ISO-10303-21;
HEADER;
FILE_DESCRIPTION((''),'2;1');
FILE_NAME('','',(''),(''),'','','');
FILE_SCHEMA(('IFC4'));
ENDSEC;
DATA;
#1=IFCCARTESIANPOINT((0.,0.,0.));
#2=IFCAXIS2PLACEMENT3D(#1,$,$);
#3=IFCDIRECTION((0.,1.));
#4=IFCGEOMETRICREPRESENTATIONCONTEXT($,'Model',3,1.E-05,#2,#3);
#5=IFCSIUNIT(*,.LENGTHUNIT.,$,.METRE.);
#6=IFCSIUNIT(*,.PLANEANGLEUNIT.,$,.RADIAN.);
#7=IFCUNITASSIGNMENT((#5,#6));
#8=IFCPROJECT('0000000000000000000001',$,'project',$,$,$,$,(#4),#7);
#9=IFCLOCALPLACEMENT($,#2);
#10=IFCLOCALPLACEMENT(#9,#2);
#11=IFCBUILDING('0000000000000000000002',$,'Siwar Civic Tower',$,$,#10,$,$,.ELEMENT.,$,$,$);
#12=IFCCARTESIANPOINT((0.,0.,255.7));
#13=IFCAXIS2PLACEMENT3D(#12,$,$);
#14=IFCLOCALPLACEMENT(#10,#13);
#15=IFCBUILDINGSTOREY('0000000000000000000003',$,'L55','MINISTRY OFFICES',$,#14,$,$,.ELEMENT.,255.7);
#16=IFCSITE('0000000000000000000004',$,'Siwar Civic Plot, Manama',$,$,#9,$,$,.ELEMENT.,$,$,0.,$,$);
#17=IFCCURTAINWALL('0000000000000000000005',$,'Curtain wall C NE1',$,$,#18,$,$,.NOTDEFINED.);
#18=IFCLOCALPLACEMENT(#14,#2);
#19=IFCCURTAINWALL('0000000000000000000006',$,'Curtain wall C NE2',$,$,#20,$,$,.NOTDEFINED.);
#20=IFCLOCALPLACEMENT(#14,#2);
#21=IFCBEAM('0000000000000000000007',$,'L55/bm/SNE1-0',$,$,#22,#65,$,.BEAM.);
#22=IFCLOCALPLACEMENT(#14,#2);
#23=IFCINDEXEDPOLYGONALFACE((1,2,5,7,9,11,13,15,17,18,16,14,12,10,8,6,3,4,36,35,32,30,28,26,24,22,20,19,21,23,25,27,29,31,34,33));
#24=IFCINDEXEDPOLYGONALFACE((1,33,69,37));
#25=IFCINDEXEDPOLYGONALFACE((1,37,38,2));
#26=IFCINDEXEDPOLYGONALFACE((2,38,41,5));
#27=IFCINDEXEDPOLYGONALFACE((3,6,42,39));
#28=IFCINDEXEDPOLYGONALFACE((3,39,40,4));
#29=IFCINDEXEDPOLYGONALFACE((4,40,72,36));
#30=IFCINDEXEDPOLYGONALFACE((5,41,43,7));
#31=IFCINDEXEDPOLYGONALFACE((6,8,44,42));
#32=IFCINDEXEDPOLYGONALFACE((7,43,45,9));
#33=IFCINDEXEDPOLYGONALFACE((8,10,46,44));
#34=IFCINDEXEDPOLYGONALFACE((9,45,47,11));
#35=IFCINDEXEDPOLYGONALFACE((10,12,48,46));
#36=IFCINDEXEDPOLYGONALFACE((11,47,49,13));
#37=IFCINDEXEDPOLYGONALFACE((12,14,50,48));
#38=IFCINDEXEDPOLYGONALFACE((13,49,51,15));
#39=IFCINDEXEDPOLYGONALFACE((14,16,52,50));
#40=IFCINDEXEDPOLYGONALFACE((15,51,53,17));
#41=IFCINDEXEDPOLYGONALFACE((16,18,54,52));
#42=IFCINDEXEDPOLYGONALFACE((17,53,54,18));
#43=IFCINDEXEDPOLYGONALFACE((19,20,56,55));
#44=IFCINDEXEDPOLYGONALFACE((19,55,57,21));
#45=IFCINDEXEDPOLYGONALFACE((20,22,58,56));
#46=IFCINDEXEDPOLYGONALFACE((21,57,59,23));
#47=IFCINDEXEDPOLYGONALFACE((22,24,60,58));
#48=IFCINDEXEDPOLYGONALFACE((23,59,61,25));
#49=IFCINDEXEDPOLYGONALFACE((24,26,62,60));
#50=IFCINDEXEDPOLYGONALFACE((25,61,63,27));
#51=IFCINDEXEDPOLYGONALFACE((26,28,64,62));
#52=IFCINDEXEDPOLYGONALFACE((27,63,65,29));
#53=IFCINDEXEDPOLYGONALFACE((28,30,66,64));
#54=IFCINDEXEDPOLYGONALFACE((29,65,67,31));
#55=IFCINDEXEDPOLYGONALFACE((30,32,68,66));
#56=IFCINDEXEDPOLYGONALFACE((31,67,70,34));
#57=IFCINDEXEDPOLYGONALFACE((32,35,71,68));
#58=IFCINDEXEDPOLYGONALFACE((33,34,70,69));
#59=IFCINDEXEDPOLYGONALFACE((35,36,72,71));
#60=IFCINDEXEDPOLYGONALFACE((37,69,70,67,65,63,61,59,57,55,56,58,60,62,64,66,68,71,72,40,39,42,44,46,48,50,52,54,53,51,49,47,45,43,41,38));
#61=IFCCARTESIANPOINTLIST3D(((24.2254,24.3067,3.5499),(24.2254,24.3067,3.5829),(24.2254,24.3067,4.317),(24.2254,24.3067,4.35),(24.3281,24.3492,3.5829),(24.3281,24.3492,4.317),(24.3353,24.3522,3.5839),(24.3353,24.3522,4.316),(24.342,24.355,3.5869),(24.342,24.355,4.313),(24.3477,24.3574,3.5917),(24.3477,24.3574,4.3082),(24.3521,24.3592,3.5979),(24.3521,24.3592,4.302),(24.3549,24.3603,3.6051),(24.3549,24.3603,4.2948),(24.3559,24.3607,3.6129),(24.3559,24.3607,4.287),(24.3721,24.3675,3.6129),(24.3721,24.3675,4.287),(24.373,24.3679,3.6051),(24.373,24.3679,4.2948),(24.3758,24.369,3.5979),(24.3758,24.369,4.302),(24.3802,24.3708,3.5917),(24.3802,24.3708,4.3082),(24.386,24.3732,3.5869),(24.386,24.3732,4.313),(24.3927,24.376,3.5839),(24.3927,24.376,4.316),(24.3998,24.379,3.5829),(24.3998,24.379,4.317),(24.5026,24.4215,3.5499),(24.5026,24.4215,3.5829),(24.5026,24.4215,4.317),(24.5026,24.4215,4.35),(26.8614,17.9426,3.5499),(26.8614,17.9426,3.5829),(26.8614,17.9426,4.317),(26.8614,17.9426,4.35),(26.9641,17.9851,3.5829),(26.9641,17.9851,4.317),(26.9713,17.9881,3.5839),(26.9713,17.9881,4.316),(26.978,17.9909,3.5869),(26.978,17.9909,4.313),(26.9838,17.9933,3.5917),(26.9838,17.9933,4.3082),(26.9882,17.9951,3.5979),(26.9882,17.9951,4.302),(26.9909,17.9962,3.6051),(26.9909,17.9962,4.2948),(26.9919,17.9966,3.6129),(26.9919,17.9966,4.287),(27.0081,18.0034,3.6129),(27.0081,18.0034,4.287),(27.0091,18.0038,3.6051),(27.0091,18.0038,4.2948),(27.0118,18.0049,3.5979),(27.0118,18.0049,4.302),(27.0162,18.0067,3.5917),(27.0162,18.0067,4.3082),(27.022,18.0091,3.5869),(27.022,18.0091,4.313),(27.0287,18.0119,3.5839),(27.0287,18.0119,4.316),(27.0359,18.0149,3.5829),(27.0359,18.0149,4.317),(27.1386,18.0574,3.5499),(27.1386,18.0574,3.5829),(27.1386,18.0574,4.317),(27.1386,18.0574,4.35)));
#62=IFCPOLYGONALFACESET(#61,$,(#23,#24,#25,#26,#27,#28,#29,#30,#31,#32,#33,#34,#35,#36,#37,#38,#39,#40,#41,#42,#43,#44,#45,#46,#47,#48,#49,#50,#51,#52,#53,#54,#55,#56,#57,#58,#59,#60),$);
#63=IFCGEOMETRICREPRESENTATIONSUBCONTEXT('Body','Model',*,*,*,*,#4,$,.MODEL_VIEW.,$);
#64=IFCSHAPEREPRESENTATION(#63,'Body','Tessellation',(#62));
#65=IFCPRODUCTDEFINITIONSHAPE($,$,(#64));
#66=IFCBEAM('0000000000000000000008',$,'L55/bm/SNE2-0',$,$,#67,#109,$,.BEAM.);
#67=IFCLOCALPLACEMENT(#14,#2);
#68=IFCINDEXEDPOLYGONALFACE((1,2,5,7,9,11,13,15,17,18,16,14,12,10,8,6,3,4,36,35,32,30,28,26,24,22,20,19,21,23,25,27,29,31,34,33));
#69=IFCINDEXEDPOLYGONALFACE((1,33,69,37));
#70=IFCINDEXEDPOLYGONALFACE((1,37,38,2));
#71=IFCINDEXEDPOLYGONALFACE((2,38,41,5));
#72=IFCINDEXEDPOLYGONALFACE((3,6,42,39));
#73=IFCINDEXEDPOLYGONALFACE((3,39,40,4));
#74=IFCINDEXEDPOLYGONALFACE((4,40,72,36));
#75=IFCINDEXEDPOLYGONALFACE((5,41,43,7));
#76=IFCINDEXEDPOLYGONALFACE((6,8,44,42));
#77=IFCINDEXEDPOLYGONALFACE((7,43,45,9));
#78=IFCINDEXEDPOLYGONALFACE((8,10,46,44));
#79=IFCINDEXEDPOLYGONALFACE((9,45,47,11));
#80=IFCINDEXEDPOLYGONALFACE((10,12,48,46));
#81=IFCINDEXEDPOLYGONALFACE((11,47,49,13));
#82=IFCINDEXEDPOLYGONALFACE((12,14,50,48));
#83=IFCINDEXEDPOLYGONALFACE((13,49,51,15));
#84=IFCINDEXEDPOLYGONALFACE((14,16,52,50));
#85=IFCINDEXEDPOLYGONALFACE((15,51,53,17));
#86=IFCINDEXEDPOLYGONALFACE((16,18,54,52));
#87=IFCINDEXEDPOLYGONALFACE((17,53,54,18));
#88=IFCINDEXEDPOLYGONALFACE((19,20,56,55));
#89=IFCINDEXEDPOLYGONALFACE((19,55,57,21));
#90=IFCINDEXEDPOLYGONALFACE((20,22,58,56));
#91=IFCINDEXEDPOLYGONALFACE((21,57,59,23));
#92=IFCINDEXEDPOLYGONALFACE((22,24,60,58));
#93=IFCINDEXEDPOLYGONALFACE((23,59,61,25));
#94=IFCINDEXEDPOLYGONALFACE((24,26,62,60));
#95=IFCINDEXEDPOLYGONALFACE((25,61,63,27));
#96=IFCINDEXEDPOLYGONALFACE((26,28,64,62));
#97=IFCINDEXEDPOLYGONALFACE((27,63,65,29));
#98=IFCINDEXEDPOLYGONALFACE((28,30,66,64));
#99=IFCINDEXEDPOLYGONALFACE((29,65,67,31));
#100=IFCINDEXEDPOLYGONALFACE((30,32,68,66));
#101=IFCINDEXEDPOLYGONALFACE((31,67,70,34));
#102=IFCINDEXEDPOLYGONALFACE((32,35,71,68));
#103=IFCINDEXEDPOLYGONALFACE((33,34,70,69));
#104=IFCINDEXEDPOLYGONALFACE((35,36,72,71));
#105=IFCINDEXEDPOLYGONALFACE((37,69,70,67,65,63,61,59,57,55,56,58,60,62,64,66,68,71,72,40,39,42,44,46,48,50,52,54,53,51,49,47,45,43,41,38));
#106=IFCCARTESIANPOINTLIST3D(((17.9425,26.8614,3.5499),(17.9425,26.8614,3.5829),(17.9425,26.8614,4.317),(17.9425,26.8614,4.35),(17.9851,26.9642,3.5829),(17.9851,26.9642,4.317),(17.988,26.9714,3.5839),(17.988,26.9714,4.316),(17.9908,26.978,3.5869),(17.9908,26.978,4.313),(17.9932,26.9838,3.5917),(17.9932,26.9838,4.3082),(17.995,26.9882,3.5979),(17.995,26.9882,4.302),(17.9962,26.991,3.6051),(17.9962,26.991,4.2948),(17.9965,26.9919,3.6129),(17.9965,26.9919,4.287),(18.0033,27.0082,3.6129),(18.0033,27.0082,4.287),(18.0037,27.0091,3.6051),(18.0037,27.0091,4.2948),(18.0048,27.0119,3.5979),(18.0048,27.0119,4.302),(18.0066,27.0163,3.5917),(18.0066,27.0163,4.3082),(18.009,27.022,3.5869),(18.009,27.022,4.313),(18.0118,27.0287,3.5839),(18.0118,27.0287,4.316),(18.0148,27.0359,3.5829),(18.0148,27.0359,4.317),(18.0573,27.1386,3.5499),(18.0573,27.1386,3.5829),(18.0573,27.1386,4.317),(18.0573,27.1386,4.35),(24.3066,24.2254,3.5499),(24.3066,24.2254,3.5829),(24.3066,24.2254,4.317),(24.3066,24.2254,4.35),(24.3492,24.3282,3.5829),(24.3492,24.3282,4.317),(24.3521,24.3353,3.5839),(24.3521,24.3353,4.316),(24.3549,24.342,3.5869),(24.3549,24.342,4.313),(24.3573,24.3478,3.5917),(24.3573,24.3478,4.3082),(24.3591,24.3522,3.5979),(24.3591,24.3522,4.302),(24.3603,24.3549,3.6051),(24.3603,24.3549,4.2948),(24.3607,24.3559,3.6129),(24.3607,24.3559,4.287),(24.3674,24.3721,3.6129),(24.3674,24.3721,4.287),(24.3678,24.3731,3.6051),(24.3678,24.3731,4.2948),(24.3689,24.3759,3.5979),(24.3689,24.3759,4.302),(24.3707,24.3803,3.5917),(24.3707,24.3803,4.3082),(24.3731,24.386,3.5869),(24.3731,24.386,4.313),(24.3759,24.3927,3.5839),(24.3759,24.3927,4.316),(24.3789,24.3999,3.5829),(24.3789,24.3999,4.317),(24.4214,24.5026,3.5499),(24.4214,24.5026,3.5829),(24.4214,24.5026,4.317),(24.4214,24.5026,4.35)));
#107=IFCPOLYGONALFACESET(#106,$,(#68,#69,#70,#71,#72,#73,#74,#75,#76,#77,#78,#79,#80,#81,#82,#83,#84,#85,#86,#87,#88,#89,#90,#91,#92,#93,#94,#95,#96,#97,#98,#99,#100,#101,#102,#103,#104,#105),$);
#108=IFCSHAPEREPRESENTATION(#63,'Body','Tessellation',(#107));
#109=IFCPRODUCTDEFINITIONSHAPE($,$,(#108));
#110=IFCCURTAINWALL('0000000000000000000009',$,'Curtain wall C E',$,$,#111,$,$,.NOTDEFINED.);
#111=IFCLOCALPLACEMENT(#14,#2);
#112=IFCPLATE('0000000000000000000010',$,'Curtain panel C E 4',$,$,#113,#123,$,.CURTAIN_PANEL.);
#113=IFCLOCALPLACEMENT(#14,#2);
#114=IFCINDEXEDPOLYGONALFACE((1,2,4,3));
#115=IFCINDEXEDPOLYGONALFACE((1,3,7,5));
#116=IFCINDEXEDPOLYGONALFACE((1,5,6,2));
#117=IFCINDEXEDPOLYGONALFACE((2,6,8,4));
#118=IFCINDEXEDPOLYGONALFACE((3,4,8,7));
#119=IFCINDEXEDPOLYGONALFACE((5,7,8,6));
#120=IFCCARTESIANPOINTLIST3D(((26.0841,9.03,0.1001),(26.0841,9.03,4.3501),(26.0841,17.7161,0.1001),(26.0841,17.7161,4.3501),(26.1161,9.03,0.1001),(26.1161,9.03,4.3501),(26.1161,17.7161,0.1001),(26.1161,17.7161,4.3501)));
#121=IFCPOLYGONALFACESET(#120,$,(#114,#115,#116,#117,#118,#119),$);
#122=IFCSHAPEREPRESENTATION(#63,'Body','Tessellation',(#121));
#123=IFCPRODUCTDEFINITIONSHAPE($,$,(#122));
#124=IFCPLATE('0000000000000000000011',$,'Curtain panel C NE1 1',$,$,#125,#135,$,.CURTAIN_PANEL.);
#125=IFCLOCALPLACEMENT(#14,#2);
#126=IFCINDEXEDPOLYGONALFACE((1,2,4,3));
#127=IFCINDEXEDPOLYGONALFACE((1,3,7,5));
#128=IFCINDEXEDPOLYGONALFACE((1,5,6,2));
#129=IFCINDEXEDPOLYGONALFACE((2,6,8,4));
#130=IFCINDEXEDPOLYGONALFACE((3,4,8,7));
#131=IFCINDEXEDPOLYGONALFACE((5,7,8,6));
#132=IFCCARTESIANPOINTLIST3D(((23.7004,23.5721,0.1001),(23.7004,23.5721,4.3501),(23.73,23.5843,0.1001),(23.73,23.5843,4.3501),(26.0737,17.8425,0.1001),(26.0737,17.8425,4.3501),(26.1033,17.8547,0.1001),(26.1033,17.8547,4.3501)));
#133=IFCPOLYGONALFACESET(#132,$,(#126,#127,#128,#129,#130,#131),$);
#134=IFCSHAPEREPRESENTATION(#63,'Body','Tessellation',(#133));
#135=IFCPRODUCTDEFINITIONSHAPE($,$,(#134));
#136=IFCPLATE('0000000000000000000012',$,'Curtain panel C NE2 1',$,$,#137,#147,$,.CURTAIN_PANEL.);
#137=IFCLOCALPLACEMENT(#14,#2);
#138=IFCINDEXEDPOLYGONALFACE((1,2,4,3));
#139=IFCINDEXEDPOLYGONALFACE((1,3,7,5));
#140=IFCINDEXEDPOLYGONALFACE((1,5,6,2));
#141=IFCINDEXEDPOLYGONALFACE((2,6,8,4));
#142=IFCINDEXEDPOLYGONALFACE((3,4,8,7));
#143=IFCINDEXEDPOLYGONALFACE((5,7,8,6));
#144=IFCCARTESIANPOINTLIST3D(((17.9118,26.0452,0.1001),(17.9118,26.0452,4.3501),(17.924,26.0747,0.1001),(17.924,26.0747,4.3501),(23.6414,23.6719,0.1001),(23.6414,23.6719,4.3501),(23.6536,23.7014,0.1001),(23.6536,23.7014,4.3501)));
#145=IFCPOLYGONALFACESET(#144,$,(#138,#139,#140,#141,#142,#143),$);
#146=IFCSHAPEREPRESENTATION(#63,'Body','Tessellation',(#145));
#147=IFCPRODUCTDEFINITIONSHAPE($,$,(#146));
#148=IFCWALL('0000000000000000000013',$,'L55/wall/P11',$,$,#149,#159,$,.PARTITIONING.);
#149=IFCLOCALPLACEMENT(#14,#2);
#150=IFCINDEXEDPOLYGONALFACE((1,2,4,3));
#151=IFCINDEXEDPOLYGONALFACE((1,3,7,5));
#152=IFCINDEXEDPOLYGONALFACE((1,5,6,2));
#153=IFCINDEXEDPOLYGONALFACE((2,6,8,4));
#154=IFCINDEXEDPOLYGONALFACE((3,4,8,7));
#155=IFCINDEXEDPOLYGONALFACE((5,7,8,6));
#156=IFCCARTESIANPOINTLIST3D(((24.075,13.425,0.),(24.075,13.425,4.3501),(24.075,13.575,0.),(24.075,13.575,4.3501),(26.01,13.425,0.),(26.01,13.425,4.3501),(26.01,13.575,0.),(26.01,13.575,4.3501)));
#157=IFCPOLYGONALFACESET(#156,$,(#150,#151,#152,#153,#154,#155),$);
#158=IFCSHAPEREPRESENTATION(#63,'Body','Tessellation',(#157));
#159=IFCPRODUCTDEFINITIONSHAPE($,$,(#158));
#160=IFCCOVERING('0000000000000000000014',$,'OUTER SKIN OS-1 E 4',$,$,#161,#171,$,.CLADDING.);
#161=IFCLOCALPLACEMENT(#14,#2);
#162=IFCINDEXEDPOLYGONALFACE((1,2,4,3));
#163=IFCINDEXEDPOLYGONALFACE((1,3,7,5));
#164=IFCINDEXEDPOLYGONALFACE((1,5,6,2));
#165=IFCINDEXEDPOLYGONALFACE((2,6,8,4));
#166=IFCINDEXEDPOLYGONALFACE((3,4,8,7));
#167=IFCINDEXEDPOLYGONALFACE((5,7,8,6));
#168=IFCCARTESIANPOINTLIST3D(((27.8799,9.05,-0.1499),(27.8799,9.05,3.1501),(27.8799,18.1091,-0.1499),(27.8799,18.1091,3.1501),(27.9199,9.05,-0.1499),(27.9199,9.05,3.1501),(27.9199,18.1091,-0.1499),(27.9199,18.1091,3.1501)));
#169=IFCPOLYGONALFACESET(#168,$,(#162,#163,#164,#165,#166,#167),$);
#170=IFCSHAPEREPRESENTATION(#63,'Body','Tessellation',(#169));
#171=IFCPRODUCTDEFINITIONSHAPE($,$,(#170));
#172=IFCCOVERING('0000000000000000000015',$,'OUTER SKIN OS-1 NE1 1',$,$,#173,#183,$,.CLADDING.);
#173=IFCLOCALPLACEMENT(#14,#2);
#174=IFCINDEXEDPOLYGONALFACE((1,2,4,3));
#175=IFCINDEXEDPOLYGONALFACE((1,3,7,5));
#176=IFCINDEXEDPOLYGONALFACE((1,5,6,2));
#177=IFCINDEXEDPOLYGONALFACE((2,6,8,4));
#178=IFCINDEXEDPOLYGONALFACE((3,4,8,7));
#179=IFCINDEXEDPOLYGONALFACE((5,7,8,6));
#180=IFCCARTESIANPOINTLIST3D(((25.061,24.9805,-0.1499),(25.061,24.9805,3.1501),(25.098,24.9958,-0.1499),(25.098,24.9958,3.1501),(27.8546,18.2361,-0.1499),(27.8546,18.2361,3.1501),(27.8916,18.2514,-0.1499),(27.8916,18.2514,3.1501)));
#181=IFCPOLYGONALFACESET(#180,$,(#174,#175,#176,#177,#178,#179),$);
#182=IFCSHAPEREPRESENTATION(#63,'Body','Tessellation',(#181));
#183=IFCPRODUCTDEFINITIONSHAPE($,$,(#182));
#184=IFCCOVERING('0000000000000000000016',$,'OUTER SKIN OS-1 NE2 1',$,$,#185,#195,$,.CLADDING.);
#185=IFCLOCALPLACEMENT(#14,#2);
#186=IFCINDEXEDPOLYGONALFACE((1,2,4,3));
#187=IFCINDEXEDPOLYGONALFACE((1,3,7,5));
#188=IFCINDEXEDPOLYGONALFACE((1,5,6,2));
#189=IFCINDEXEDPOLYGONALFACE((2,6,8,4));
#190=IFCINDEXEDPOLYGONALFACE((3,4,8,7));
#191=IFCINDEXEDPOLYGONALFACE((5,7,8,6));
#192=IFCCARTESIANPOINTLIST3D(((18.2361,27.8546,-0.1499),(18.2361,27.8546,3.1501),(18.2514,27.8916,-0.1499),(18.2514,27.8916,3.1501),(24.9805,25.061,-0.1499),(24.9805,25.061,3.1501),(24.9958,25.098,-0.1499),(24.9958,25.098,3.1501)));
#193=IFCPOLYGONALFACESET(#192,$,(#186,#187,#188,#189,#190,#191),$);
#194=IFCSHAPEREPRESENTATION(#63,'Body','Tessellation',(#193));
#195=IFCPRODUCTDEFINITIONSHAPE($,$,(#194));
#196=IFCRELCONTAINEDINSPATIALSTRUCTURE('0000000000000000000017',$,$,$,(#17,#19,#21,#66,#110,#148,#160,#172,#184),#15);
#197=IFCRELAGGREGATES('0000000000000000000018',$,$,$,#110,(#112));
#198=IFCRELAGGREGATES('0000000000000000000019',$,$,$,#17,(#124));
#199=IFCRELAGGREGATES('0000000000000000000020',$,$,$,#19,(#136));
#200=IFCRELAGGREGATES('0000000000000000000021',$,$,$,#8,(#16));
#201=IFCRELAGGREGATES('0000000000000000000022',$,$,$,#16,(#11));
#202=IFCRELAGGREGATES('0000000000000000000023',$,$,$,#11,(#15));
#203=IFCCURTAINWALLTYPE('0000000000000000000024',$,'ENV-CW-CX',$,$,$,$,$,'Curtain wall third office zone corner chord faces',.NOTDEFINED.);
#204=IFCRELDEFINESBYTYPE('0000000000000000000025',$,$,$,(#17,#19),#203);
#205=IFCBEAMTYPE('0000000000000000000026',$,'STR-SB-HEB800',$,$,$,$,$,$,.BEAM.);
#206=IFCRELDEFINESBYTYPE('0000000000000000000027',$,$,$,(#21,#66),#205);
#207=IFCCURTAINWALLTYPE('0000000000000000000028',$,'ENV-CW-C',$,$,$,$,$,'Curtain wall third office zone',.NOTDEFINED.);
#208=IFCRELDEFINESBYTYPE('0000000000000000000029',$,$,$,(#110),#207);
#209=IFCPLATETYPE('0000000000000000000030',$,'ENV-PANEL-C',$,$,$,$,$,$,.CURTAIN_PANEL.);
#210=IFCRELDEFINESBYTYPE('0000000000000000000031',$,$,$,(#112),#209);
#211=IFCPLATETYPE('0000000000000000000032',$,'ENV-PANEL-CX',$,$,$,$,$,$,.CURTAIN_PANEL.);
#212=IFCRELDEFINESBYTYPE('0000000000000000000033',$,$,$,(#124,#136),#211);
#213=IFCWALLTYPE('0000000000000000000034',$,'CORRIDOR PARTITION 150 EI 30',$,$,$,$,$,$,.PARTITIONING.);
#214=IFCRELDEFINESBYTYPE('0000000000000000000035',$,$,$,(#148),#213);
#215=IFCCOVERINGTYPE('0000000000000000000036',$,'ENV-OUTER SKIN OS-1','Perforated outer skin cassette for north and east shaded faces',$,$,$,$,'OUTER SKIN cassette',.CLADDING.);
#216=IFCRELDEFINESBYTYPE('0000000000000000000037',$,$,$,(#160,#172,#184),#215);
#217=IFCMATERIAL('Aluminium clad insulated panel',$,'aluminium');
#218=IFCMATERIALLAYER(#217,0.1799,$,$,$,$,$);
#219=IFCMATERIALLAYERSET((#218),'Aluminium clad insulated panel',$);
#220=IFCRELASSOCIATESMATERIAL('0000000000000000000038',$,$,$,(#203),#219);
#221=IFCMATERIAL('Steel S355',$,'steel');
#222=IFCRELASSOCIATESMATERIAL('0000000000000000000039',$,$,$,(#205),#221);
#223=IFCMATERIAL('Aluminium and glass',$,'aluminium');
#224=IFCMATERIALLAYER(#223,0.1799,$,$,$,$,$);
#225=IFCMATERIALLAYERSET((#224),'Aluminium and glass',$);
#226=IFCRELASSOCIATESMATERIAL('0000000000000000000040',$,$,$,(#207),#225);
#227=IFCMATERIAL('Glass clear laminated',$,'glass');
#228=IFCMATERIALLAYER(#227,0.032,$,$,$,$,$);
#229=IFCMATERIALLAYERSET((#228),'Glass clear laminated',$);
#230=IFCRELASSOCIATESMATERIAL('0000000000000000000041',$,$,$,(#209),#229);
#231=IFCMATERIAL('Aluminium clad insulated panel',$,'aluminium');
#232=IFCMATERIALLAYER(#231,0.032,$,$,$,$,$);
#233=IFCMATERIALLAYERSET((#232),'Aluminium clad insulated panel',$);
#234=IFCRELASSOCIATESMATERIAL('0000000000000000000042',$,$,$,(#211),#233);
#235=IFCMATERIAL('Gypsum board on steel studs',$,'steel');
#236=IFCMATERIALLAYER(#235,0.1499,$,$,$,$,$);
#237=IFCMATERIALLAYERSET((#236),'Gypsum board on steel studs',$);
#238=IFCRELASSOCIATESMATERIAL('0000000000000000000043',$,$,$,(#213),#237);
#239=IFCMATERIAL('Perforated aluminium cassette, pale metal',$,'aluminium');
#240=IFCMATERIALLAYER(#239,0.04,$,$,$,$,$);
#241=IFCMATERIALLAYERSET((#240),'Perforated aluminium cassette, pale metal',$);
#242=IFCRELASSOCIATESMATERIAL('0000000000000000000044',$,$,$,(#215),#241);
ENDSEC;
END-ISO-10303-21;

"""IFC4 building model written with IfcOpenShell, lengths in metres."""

from ifc_helpers import new_model, si_unit, direction, frame, frame_2d, origin, origin_2d, place, context, subcontext, project, spatial, rectangle, i_section, extrude, material, layer, layer_set, material_profile, profile_set, type_object, element, aggregate, save


model = new_model("IFC4")

# Units and contexts
model_context = context("Model", 3, precision=1e-05, world=origin(), true_north=direction((0.0, 1.0)))
body_context = subcontext(model_context, "Body", "Model", "MODEL_VIEW")
ifc_project = project(units=[si_unit("LENGTHUNIT", "METRE"), si_unit("PLANEANGLEUNIT", "RADIAN")], contexts=[model_context])

# Site, building, storey
site_placement = place(None, origin())
site = spatial("IfcSite", under=ifc_project, at=site_placement, Name="Siwar Civic Plot, Manama", CompositionType="ELEMENT", RefElevation=0.0)
building_placement = place(site_placement, origin())
building = spatial("IfcBuilding", under=site, at=building_placement, Name="Siwar Civic Tower", CompositionType="ELEMENT")
storey_placement = place(building_placement, frame((0.0, 0.0, 255.7)))
storey = spatial("IfcBuildingStorey", under=building, at=storey_placement, Name="L55", Description="MINISTRY OFFICES", CompositionType="ELEMENT", Elevation=255.7)

# Curtain walls
ifc_material_1 = material(Name="Aluminium clad insulated panel", Category="aluminium")
ifc_layer_1 = layer(ifc_material_1, 0.1799)
ifc_layer_set_1 = layer_set([ifc_layer_1], Name="Aluminium clad insulated panel")
curtain_wall_type_1 = type_object("IfcCurtainWallType", Name="ENV-CW-CX", ElementType="Curtain wall third office zone corner chord faces", PredefinedType="NOTDEFINED", material=ifc_layer_set_1)
curtain_wall_1_placement = place(storey_placement, origin())
curtain_wall_1 = element("IfcCurtainWall", 1, at=curtain_wall_1_placement, inside=storey, type_object=curtain_wall_type_1, Name="Curtain wall C NE1", PredefinedType="NOTDEFINED")
curtain_wall_2_placement = place(storey_placement, origin())
curtain_wall_2 = element("IfcCurtainWall", 2, at=curtain_wall_2_placement, inside=storey, type_object=curtain_wall_type_1, Name="Curtain wall C NE2", PredefinedType="NOTDEFINED")

# Beams
ifc_material_2 = material(Name="Steel S355", Category="steel")
ifc_material_profile_1 = material_profile(ifc_material_2, i_section(OverallWidth=0.3, OverallDepth=0.8, WebThickness=0.0176, FlangeThickness=0.033, FilletRadius=0.03, at=origin_2d()), Name="HEB800")
ifc_profile_set_1 = profile_set([ifc_material_profile_1], Name="Steel S355")
beam_type_1 = type_object("IfcBeamType", Name="STR-SB-HEB800", PredefinedType="BEAM", material=ifc_profile_set_1)
for number, where, z_axis, x_axis, name in (
    (3, (27.0, 18.0, 3.95), (-0.382674, 0.923883, 0.0), (-0.923883, -0.382674, 0.0), "L55/bm/SNE1-0"),
    (4, (24.364, 24.364, 3.95), (-0.923883, 0.382674, 0.0), (-0.382674, -0.923883, 0.0), "L55/bm/SNE2-0"),
):
    element("IfcBeam", number, at=place(storey_placement, frame(where, z_axis=z_axis, x_axis=x_axis)), inside=storey, type_object=beam_type_1, Name=name, PredefinedType="BEAM", context=body_context, shape_type="SweptSolid", body=[
        extrude(i_section(OverallWidth=0.3, OverallDepth=0.8, WebThickness=0.0176, FlangeThickness=0.033, FilletRadius=0.03, at=origin_2d()), origin(), (0.0, 0.0, 1.0), 6.8884),
    ])

# Curtain wall, plate
ifc_material_3 = material(Name="Aluminium and glass", Category="aluminium")
ifc_layer_2 = layer(ifc_material_3, 0.1799)
ifc_layer_set_2 = layer_set([ifc_layer_2], Name="Aluminium and glass")
curtain_wall_type_2 = type_object("IfcCurtainWallType", Name="ENV-CW-C", ElementType="Curtain wall third office zone", PredefinedType="NOTDEFINED", material=ifc_layer_set_2)
curtain_wall_3_placement = place(storey_placement, origin())
curtain_wall_3 = element("IfcCurtainWall", 5, at=curtain_wall_3_placement, inside=storey, type_object=curtain_wall_type_2, Name="Curtain wall C E", PredefinedType="NOTDEFINED")
ifc_material_4 = material(Name="Glass clear laminated", Category="glass")
ifc_layer_3 = layer(ifc_material_4, 0.032)
ifc_layer_set_3 = layer_set([ifc_layer_3], Name="Glass clear laminated")
plate_type_1 = type_object("IfcPlateType", Name="ENV-PANEL-C", PredefinedType="CURTAIN_PANEL", material=ifc_layer_set_3)
plate_1_placement = place(storey_placement, frame((26.1001, 13.373, 0.1001), z_axis=(0.0, 0.0, 1.0), x_axis=(0.0, 1.0, 0.0)))
plate_1 = element("IfcPlate", 6, at=plate_1_placement, type_object=plate_type_1, Name="Curtain panel C E 4", PredefinedType="CURTAIN_PANEL", context=body_context, shape_type="SweptSolid", body=[
    extrude(rectangle(XDim=8.686, YDim=0.032, at=origin_2d()), origin(), (0.0, 0.0, 1.0), 4.25),
])
aggregate(curtain_wall_3, [plate_1])

# Plates
ifc_material_5 = material(Name="Aluminium clad insulated panel", Category="aluminium")
ifc_layer_4 = layer(ifc_material_5, 0.032)
ifc_layer_set_4 = layer_set([ifc_layer_4], Name="Aluminium clad insulated panel")
plate_type_2 = type_object("IfcPlateType", Name="ENV-PANEL-CX", PredefinedType="CURTAIN_PANEL", material=ifc_layer_set_4)
plate_2_placement = place(storey_placement, frame((24.9019, 20.7134, 0.1001), z_axis=(0.0, 0.0, 1.0), x_axis=(-0.382683, 0.92388, 0.0)))
plate_2 = element("IfcPlate", 7, at=plate_2_placement, type_object=plate_type_2, Name="Curtain panel C NE1 1", PredefinedType="CURTAIN_PANEL", context=body_context, shape_type="SweptSolid", body=[
    extrude(rectangle(XDim=6.2017, YDim=0.032, at=origin_2d()), origin(), (0.0, 0.0, 1.0), 4.25),
])
aggregate(curtain_wall_1, [plate_2])
plate_3_placement = place(storey_placement, frame((20.7827, 24.8733, 0.1001), z_axis=(0.0, 0.0, 1.0), x_axis=(-0.92388, 0.382683, 0.0)))
plate_3 = element("IfcPlate", 8, at=plate_3_placement, type_object=plate_type_2, Name="Curtain panel C NE2 1", PredefinedType="CURTAIN_PANEL", context=body_context, shape_type="SweptSolid", body=[
    extrude(rectangle(XDim=6.2017, YDim=0.032, at=origin_2d()), origin(), (0.0, 0.0, 1.0), 4.25),
])
aggregate(curtain_wall_2, [plate_3])

# Wall
ifc_material_6 = material(Name="Gypsum board on steel studs", Category="steel")
ifc_layer_5 = layer(ifc_material_6, 0.1499)
ifc_layer_set_5 = layer_set([ifc_layer_5], Name="Gypsum board on steel studs")
wall_type = type_object("IfcWallType", Name="CORRIDOR PARTITION 150 EI 30", PredefinedType="PARTITIONING", material=ifc_layer_set_5)
wall_placement = place(storey_placement, frame((24.075, 13.5, 0.0), z_axis=(0.0, 0.0, 1.0), x_axis=(1.0, 0.0, 0.0)))
element("IfcWall", 9, at=wall_placement, inside=storey, type_object=wall_type, Name="L55/wall/P11", PredefinedType="PARTITIONING", context=body_context, shape_type="SweptSolid", body=[
    extrude(rectangle(XDim=1.9351, YDim=0.1499, at=frame_2d((0.9675, 0.0))), origin(), (0.0, 0.0, 1.0), 4.3501),
])

# Coverings
ifc_material_7 = material(Name="Perforated aluminium cassette, pale metal", Category="aluminium")
ifc_layer_6 = layer(ifc_material_7, 0.04)
ifc_layer_set_6 = layer_set([ifc_layer_6], Name="Perforated aluminium cassette, pale metal")
covering_type = type_object("IfcCoveringType", Name="ENV-OUTER SKIN OS-1", Description="Perforated outer skin cassette for north and east shaded faces", ElementType="OUTER SKIN cassette", PredefinedType="CLADDING", material=ifc_layer_set_6)
covering_placement = place(storey_placement, frame((27.8999, 13.5796, -0.1499), z_axis=(0.0, 0.0, 1.0), x_axis=(0.0, 1.0, 0.0)))
element("IfcCovering", 10, at=covering_placement, inside=storey, type_object=covering_type, Name="OUTER SKIN OS-1 E 4", PredefinedType="CLADDING", context=body_context, shape_type="SweptSolid", body=[
    extrude(rectangle(XDim=9.0591, YDim=0.04, at=origin_2d()), origin(), (0.0, 0.0, 1.0), 3.3),
])
for number, where, z_axis, x_axis, name in (
    (11, (26.4763, 21.616, -0.1499), (0.0, 0.0, 1.0), (-0.382683, 0.92388, 0.0), "OUTER SKIN OS-1 NE1 1"),
    (12, (21.616, 26.4763, -0.1499), (0.0, 0.0, 1.0), (-0.92388, 0.382683, 0.0), "OUTER SKIN OS-1 NE2 1"),
):
    element("IfcCovering", number, at=place(storey_placement, frame(where, z_axis=z_axis, x_axis=x_axis)), inside=storey, type_object=covering_type, Name=name, PredefinedType="CLADDING", context=body_context, shape_type="SweptSolid", body=[
        extrude(rectangle(XDim=7.3, YDim=0.04, at=origin_2d()), origin(), (0.0, 0.0, 1.0), 3.3),
    ])

save(model, "model.ifc")
